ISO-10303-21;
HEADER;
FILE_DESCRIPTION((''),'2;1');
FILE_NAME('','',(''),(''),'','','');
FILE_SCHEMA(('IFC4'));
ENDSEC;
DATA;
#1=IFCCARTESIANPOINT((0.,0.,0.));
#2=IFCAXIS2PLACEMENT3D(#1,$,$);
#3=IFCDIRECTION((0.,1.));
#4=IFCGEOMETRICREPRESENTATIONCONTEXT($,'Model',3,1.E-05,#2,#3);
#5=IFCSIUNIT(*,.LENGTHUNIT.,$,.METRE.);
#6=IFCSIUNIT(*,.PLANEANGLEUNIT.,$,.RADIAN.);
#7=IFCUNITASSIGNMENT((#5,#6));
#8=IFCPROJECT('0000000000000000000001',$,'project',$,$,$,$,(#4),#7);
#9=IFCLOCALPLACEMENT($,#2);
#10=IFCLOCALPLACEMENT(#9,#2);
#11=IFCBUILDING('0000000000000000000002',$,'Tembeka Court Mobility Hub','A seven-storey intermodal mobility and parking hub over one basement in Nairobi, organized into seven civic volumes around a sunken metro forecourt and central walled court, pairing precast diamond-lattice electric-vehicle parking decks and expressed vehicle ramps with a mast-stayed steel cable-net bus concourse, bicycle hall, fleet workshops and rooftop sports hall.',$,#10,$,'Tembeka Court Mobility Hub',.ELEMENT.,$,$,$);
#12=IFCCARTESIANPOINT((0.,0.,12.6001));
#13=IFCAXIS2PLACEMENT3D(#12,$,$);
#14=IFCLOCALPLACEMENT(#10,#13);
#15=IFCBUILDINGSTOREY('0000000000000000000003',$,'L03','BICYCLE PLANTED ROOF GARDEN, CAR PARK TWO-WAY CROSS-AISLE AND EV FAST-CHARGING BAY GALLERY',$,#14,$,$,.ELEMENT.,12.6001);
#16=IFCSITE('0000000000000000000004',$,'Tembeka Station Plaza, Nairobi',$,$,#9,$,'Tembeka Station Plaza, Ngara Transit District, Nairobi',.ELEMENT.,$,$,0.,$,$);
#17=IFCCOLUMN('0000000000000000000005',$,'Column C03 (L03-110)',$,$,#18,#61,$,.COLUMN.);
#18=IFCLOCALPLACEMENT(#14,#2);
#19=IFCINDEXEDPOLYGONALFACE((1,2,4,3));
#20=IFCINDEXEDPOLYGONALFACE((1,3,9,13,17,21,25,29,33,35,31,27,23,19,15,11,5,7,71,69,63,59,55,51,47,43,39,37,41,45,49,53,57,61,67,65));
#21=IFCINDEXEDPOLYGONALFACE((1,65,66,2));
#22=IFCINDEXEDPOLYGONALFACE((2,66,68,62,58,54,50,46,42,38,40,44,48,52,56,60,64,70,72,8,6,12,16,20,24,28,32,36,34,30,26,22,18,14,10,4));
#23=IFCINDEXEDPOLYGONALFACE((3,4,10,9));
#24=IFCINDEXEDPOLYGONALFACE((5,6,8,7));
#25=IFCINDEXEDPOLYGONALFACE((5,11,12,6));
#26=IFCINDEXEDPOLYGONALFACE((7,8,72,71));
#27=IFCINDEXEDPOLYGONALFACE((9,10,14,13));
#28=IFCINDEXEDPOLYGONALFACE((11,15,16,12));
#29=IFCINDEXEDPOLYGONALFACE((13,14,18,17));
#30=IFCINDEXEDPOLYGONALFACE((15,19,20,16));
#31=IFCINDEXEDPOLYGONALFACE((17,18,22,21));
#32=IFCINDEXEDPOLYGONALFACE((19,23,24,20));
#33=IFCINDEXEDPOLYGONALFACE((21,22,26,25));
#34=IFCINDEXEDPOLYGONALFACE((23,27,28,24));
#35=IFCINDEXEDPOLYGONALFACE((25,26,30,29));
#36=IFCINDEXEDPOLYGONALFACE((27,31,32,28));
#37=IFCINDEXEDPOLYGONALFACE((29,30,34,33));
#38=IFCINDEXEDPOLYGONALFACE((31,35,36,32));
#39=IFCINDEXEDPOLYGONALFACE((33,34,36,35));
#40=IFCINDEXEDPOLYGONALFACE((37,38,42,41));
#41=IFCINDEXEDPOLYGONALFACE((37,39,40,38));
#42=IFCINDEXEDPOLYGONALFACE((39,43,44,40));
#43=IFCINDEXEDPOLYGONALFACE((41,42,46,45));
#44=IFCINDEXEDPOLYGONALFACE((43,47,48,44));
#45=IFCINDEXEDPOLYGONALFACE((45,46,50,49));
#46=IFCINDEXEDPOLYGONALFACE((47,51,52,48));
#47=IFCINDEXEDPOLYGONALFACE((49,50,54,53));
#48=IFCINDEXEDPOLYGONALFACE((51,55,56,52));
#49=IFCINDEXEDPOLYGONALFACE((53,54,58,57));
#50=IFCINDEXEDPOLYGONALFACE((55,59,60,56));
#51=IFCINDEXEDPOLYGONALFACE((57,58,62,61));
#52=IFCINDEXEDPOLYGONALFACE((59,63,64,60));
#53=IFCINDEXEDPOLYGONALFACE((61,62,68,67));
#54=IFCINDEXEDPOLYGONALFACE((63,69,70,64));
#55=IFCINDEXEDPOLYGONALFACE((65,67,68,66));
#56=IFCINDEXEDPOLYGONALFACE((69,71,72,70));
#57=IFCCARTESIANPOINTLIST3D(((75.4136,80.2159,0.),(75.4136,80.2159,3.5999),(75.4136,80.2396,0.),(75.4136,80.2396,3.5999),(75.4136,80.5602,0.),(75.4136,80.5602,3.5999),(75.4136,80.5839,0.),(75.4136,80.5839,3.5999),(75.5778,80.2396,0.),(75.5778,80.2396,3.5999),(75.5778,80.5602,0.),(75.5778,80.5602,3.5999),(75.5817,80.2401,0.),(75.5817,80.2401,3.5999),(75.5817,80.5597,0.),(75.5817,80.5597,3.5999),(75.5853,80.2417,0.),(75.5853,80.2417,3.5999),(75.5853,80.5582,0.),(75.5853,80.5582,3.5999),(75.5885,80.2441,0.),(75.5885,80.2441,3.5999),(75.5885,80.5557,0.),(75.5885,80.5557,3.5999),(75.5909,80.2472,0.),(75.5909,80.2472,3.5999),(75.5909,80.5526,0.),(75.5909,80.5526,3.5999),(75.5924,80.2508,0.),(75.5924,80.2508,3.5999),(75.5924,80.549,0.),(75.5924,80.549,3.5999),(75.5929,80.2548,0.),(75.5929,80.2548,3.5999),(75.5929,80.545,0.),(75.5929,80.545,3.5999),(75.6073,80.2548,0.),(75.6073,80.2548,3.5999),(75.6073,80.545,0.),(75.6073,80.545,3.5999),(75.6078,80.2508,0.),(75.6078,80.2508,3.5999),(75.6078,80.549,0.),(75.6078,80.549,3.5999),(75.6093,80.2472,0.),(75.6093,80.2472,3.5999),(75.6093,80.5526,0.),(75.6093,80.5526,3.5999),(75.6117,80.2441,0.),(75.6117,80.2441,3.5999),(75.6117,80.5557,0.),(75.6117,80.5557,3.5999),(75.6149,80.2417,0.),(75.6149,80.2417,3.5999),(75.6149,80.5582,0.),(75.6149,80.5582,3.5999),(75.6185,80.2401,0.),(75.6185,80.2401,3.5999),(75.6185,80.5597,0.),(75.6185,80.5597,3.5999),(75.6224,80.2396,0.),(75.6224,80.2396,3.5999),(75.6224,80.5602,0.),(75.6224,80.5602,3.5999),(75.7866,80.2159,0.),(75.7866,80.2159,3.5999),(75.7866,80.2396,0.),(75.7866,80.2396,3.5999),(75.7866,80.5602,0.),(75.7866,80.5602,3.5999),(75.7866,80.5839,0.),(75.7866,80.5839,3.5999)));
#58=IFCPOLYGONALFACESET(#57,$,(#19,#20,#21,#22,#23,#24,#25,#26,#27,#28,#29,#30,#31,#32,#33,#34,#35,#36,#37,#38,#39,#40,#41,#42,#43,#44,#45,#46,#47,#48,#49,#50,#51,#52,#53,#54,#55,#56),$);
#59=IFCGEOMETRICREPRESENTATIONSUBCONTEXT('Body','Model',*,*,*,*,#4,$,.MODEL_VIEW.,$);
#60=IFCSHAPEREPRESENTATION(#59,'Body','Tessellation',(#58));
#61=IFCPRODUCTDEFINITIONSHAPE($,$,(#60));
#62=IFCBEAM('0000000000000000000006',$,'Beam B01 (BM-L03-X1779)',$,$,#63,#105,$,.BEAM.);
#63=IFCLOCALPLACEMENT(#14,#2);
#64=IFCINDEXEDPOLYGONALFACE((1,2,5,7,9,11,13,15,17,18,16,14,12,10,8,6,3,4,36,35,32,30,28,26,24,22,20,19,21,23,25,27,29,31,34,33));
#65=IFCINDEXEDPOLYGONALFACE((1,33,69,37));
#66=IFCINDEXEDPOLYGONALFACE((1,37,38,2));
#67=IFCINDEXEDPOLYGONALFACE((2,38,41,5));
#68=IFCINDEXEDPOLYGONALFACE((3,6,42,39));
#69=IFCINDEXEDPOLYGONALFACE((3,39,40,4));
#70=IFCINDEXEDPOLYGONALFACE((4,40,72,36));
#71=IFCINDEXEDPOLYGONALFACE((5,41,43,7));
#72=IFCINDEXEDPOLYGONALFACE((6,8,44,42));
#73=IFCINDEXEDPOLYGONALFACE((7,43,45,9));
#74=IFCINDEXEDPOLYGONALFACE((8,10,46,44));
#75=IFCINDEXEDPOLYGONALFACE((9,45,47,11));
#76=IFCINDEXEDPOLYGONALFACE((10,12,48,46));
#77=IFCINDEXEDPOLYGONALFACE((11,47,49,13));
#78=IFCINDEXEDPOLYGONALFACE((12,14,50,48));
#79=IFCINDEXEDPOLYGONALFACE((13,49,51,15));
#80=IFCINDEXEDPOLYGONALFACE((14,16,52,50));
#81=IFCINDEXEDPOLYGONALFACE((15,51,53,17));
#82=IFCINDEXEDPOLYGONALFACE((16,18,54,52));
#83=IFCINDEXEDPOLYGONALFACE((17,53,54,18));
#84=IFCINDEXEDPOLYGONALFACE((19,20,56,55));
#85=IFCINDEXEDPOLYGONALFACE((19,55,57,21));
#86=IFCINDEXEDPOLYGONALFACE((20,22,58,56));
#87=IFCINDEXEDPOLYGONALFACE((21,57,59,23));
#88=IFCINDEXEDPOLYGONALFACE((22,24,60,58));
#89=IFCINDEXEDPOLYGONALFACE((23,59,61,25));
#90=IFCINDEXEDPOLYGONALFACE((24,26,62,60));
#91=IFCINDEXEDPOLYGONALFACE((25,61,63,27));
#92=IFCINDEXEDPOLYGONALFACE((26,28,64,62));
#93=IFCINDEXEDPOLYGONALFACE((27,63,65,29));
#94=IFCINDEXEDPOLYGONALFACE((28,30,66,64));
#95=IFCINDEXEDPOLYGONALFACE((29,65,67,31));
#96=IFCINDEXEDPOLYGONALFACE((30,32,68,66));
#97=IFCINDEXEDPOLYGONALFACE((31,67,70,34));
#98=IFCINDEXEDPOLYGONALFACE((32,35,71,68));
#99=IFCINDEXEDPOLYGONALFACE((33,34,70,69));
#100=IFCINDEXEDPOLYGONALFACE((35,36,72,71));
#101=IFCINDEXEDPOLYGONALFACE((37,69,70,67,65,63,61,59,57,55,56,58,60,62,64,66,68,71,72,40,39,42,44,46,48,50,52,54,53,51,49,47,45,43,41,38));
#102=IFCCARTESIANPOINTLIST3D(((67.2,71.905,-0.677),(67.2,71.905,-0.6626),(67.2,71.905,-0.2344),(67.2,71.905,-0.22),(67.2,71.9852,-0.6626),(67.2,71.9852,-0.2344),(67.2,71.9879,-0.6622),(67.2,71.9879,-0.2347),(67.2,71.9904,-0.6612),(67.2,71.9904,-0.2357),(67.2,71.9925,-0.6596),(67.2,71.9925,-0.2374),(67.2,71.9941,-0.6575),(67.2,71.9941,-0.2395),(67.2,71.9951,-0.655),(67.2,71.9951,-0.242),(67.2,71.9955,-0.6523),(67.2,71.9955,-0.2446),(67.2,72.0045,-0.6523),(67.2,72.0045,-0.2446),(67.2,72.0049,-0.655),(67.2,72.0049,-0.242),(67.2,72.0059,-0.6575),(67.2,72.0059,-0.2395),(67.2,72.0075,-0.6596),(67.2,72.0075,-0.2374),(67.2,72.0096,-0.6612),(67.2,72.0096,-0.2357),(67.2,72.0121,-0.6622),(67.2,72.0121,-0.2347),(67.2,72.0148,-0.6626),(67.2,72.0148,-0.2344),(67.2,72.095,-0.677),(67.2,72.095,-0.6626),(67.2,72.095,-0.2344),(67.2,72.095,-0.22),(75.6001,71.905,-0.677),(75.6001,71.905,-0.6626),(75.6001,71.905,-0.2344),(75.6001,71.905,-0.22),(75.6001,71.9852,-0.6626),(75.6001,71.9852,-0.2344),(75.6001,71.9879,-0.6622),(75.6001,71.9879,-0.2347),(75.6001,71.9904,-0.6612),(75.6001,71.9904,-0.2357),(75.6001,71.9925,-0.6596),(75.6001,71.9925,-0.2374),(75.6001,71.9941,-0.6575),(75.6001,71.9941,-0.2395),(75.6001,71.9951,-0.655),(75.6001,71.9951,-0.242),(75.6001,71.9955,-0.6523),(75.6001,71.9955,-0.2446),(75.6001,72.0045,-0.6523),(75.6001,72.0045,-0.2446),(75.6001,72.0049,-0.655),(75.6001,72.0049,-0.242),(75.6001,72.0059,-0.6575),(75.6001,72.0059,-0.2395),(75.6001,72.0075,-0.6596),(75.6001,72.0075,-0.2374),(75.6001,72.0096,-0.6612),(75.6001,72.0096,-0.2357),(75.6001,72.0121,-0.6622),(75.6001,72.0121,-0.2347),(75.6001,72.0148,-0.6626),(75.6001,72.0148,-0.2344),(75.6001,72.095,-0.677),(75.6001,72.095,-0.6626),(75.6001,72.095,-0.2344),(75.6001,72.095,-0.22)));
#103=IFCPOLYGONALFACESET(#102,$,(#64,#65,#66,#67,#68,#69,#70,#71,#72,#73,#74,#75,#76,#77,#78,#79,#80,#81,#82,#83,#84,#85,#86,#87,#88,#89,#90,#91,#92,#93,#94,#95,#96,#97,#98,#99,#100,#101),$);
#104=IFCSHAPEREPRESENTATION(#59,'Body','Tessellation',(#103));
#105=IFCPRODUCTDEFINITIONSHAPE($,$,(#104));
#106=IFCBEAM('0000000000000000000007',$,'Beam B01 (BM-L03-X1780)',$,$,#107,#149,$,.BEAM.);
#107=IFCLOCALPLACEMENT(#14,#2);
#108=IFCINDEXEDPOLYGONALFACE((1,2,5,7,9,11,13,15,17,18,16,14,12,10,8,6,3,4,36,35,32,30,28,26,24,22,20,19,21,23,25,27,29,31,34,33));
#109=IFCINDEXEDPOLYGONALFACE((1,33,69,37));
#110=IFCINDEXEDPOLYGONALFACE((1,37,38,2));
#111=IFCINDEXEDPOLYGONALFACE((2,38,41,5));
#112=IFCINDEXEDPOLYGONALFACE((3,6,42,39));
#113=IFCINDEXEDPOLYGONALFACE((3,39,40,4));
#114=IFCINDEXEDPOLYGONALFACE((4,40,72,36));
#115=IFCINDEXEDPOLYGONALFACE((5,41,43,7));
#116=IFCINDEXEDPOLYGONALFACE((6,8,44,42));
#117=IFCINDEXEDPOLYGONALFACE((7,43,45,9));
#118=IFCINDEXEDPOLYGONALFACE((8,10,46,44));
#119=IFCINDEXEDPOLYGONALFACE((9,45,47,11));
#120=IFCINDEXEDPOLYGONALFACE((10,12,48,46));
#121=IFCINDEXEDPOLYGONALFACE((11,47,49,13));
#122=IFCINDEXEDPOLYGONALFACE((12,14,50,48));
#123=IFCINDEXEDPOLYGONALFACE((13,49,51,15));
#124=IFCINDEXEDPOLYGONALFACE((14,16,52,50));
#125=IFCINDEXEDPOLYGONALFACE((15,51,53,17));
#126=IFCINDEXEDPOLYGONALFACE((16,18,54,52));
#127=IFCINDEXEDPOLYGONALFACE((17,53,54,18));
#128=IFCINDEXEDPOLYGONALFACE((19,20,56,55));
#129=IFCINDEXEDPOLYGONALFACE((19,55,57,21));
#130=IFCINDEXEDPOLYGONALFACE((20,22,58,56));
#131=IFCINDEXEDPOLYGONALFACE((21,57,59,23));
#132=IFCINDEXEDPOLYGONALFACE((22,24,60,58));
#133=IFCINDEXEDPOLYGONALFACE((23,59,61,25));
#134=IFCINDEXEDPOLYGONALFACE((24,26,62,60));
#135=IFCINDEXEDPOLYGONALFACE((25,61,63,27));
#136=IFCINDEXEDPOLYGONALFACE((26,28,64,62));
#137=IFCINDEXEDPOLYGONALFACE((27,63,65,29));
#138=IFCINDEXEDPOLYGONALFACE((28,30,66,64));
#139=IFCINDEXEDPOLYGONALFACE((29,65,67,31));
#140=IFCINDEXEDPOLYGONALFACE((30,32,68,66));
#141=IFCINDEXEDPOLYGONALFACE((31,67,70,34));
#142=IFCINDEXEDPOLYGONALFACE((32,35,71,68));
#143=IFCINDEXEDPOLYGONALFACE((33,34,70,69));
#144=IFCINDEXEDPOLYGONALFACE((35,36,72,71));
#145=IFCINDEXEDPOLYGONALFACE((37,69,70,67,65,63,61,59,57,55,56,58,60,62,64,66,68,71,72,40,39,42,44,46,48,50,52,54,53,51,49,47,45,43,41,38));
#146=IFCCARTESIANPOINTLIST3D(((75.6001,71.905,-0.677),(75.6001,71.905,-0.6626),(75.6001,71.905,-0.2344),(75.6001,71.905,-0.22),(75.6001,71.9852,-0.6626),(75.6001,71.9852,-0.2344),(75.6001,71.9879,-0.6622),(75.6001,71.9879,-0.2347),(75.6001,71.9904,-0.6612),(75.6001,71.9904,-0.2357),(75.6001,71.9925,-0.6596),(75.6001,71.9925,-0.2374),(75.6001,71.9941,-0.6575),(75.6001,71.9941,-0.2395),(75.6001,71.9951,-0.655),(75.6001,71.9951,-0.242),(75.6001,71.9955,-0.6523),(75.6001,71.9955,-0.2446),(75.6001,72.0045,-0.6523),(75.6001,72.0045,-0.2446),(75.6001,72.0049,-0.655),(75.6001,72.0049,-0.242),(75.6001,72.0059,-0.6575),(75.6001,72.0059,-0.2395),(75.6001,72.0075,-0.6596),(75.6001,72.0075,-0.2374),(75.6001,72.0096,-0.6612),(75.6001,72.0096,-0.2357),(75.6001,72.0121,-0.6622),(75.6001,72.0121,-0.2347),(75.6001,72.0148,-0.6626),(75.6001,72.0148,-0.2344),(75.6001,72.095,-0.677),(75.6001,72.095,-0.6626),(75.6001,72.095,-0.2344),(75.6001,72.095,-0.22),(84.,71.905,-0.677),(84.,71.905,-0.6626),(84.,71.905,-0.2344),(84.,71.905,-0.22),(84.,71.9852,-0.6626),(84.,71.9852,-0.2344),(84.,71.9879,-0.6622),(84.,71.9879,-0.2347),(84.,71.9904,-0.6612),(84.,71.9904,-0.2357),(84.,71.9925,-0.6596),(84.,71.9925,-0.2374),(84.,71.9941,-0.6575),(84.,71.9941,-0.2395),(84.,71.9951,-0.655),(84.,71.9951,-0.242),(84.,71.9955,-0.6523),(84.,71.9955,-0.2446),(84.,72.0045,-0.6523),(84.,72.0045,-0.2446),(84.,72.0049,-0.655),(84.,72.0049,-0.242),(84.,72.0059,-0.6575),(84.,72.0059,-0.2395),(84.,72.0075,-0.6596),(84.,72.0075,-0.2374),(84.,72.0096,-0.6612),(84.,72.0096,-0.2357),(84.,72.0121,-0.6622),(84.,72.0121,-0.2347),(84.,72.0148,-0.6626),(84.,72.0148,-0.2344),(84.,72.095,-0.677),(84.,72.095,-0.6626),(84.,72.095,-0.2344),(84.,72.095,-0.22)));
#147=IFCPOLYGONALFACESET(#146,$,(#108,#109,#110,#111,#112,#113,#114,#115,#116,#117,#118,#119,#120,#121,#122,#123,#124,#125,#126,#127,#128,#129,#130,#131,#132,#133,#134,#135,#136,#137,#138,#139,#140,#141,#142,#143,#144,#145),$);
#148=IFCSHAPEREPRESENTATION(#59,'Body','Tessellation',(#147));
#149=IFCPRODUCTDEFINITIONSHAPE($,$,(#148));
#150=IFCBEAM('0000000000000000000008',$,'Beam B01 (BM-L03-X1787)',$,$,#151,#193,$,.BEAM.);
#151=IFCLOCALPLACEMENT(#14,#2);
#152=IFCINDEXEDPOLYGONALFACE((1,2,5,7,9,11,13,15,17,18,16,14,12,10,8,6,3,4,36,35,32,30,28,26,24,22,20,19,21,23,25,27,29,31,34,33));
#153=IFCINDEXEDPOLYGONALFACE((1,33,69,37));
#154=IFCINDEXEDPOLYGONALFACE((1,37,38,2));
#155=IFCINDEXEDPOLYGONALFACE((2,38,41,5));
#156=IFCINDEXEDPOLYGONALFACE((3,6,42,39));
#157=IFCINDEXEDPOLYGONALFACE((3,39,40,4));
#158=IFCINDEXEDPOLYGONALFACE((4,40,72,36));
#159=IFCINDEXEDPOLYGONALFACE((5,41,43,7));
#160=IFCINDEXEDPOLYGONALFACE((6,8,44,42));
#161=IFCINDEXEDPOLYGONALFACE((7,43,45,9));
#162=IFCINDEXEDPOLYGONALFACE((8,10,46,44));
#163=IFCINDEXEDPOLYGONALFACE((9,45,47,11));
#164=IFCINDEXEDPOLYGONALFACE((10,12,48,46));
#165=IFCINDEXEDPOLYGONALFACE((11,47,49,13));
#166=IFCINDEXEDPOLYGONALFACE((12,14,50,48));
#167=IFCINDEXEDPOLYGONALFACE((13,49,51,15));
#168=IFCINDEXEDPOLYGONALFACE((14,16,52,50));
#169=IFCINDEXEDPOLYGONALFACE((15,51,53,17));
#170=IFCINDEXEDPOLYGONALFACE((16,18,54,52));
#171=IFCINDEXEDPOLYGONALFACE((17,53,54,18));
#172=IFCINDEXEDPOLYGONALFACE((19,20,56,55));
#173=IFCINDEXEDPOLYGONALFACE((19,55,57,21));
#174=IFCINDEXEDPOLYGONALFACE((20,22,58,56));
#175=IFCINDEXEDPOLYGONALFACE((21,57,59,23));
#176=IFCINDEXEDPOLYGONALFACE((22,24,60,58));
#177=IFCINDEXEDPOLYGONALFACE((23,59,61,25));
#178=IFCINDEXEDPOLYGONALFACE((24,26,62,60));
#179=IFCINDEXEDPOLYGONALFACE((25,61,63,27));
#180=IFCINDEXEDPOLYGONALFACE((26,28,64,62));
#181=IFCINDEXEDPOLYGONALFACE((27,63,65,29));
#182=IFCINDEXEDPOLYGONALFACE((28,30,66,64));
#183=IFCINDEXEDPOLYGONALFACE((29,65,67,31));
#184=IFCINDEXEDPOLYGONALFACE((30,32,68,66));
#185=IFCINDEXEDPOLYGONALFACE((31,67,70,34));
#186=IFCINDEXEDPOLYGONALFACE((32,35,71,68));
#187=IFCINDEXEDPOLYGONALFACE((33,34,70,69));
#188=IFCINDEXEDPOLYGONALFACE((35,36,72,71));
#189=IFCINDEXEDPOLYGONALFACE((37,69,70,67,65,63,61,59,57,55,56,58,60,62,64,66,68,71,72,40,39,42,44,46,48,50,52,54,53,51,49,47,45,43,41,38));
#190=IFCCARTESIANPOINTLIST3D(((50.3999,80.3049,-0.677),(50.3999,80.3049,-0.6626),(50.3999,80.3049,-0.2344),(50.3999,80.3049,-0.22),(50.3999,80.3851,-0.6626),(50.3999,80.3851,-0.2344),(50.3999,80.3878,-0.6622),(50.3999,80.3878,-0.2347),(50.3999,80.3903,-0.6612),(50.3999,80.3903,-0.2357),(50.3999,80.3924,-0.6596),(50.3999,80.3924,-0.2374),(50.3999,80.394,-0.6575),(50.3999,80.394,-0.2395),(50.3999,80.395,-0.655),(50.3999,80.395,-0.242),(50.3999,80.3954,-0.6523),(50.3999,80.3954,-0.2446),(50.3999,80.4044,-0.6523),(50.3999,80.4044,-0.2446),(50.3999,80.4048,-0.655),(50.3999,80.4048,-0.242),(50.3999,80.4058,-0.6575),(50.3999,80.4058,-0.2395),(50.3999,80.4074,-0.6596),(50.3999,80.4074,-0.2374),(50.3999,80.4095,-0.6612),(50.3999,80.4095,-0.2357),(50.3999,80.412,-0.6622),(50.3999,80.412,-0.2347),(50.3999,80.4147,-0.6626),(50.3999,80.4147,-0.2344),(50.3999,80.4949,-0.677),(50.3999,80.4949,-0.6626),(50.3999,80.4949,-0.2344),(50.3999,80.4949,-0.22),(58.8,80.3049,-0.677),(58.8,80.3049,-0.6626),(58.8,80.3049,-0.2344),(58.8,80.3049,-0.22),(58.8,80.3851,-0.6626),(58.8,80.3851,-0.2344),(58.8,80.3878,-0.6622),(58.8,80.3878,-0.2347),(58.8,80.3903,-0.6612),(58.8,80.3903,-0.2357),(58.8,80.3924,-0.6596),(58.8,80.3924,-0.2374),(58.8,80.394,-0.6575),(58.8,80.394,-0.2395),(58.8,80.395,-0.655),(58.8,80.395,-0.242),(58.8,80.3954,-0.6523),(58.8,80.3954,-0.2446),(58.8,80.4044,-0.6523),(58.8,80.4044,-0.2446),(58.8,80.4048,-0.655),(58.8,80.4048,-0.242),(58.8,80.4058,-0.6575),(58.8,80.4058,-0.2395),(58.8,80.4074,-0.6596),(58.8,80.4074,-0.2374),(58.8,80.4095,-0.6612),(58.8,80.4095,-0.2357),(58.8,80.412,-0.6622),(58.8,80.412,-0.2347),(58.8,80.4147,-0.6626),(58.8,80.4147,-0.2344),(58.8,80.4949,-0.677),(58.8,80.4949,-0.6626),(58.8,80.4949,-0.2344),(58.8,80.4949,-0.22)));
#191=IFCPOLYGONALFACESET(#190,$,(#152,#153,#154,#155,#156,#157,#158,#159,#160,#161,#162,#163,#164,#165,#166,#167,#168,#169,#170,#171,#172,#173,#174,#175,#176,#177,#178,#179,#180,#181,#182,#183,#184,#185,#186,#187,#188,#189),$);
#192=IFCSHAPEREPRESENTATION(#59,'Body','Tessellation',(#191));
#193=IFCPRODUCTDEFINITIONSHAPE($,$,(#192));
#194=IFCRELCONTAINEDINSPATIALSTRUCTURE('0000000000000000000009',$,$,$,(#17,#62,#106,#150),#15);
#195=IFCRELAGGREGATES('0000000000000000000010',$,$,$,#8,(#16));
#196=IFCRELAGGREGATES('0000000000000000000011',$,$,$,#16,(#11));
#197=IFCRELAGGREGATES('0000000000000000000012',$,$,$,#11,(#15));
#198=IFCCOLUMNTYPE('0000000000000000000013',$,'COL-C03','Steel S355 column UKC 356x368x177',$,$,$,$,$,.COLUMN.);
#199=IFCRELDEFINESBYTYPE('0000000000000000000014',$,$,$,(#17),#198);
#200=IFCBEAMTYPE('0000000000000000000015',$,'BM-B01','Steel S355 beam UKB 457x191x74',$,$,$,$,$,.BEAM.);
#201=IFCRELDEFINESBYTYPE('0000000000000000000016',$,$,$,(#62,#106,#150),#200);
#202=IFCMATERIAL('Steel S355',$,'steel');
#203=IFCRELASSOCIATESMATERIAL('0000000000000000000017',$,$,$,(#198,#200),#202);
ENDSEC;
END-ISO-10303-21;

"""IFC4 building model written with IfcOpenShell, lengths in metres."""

from ifc_helpers import new_model, si_unit, direction, frame, origin, origin_2d, place, context, subcontext, project, spatial, i_section, extrude, material, material_profile, profile_set, type_object, element, save


model = new_model("IFC4")

# Units and contexts
model_context = context("Model", 3, precision=1e-05, world=origin(), true_north=direction((0.0, 1.0)))
body_context = subcontext(model_context, "Body", "Model", "MODEL_VIEW")
ifc_project = project(units=[si_unit("LENGTHUNIT", "METRE"), si_unit("PLANEANGLEUNIT", "RADIAN")], contexts=[model_context])

# Site, building, storey
site_placement = place(None, origin())
site = spatial("IfcSite", under=ifc_project, at=site_placement, Name="Tembeka Station Plaza, Nairobi", LongName="Tembeka Station Plaza, Ngara Transit District, Nairobi", CompositionType="ELEMENT", RefElevation=0.0)
building_placement = place(site_placement, origin())
building = spatial("IfcBuilding", under=site, at=building_placement, Name="Tembeka Court Mobility Hub", Description="A seven-storey intermodal mobility and parking hub over one basement in Nairobi, organized into seven civic volumes around a sunken metro forecourt and central walled court, pairing precast diamond-lattice electric-vehicle parking decks and expressed vehicle ramps with a mast-stayed steel cable-net bus concourse, bicycle hall, fleet workshops and rooftop sports hall.", LongName="Tembeka Court Mobility Hub", CompositionType="ELEMENT")
storey_placement = place(building_placement, frame((0.0, 0.0, 12.6001)))
storey = spatial("IfcBuildingStorey", under=building, at=storey_placement, Name="L03", Description="BICYCLE PLANTED ROOF GARDEN, CAR PARK TWO-WAY CROSS-AISLE AND EV FAST-CHARGING BAY GALLERY", CompositionType="ELEMENT", Elevation=12.6001)

# Column
ifc_material = material(Name="Steel S355", Category="steel")
ifc_material_profile_1 = material_profile(ifc_material, i_section(OverallWidth=0.373, OverallDepth=0.3679, WebThickness=0.0144, FlangeThickness=0.0237, FilletRadius=0.0151, at=origin_2d()), Name="UKC 356x368x177")
ifc_profile_set_1 = profile_set([ifc_material_profile_1], Name="Steel S355")
column_type = type_object("IfcColumnType", Name="COL-C03", Description="Steel S355 column UKC 356x368x177", PredefinedType="COLUMN", material=ifc_profile_set_1)
for number, where, z_axis, x_axis, name in (
    (1, (75.6001, 80.3999, 0.0), (0.0, 0.0, 1.0), (1.0, 0.0, 0.0), "Column C03 (L03-110)"),
):
    element("IfcColumn", number, at=place(storey_placement, frame(where, z_axis=z_axis, x_axis=x_axis)), inside=storey, type_object=column_type, Name=name, PredefinedType="COLUMN", context=body_context, shape_type="SweptSolid", body=[
        extrude(i_section(OverallWidth=0.373, OverallDepth=0.3679, WebThickness=0.0144, FlangeThickness=0.0237, FilletRadius=0.0151, at=origin_2d()), origin(), (0.0, 0.0, 1.0), 3.5999),
    ])

# Beams
ifc_material_profile_2 = material_profile(ifc_material, i_section(OverallWidth=0.1899, OverallDepth=0.457, WebThickness=0.009, FlangeThickness=0.0144, FilletRadius=0.0103, at=origin_2d()), Name="UKB 457x191x74")
ifc_profile_set_2 = profile_set([ifc_material_profile_2], Name="Steel S355")
beam_type_1 = type_object("IfcBeamType", Name="BM-B01", Description="Steel S355 beam UKB 457x191x74", PredefinedType="BEAM", material=ifc_profile_set_2)
beam_1_placement = place(storey_placement, frame((67.2, 72.0, -0.4485), z_axis=(1.0, 0.0, 0.0), x_axis=(0.0, 1.0, 0.0)))
element("IfcBeam", 2, at=beam_1_placement, inside=storey, type_object=beam_type_1, Name="Beam B01 (BM-L03-X1779)", PredefinedType="BEAM", context=body_context, shape_type="SweptSolid", body=[
    extrude(i_section(OverallWidth=0.1899, OverallDepth=0.457, WebThickness=0.009, FlangeThickness=0.0144, FilletRadius=0.0103, at=origin_2d()), origin(), (0.0, 0.0, 1.0), 8.4001),
])
beam_2_placement = place(storey_placement, frame((75.6001, 72.0, -0.4485), z_axis=(1.0, 0.0, 0.0), x_axis=(0.0, 1.0, 0.0)))
element("IfcBeam", 3, at=beam_2_placement, inside=storey, type_object=beam_type_1, Name="Beam B01 (BM-L03-X1780)", PredefinedType="BEAM", context=body_context, shape_type="SweptSolid", body=[
    extrude(i_section(OverallWidth=0.1899, OverallDepth=0.457, WebThickness=0.009, FlangeThickness=0.0144, FilletRadius=0.0103, at=origin_2d()), origin(), (0.0, 0.0, 1.0), 8.3999),
])
beam_3_placement = place(storey_placement, frame((50.3999, 80.3999, -0.4485), z_axis=(1.0, 0.0, 0.0), x_axis=(0.0, 1.0, 0.0)))
element("IfcBeam", 4, at=beam_3_placement, inside=storey, type_object=beam_type_1, Name="Beam B01 (BM-L03-X1787)", PredefinedType="BEAM", context=body_context, shape_type="SweptSolid", body=[
    extrude(i_section(OverallWidth=0.1899, OverallDepth=0.457, WebThickness=0.009, FlangeThickness=0.0144, FilletRadius=0.0103, at=origin_2d()), origin(), (0.0, 0.0, 1.0), 8.4001),
])

save(model, "model.ifc")
